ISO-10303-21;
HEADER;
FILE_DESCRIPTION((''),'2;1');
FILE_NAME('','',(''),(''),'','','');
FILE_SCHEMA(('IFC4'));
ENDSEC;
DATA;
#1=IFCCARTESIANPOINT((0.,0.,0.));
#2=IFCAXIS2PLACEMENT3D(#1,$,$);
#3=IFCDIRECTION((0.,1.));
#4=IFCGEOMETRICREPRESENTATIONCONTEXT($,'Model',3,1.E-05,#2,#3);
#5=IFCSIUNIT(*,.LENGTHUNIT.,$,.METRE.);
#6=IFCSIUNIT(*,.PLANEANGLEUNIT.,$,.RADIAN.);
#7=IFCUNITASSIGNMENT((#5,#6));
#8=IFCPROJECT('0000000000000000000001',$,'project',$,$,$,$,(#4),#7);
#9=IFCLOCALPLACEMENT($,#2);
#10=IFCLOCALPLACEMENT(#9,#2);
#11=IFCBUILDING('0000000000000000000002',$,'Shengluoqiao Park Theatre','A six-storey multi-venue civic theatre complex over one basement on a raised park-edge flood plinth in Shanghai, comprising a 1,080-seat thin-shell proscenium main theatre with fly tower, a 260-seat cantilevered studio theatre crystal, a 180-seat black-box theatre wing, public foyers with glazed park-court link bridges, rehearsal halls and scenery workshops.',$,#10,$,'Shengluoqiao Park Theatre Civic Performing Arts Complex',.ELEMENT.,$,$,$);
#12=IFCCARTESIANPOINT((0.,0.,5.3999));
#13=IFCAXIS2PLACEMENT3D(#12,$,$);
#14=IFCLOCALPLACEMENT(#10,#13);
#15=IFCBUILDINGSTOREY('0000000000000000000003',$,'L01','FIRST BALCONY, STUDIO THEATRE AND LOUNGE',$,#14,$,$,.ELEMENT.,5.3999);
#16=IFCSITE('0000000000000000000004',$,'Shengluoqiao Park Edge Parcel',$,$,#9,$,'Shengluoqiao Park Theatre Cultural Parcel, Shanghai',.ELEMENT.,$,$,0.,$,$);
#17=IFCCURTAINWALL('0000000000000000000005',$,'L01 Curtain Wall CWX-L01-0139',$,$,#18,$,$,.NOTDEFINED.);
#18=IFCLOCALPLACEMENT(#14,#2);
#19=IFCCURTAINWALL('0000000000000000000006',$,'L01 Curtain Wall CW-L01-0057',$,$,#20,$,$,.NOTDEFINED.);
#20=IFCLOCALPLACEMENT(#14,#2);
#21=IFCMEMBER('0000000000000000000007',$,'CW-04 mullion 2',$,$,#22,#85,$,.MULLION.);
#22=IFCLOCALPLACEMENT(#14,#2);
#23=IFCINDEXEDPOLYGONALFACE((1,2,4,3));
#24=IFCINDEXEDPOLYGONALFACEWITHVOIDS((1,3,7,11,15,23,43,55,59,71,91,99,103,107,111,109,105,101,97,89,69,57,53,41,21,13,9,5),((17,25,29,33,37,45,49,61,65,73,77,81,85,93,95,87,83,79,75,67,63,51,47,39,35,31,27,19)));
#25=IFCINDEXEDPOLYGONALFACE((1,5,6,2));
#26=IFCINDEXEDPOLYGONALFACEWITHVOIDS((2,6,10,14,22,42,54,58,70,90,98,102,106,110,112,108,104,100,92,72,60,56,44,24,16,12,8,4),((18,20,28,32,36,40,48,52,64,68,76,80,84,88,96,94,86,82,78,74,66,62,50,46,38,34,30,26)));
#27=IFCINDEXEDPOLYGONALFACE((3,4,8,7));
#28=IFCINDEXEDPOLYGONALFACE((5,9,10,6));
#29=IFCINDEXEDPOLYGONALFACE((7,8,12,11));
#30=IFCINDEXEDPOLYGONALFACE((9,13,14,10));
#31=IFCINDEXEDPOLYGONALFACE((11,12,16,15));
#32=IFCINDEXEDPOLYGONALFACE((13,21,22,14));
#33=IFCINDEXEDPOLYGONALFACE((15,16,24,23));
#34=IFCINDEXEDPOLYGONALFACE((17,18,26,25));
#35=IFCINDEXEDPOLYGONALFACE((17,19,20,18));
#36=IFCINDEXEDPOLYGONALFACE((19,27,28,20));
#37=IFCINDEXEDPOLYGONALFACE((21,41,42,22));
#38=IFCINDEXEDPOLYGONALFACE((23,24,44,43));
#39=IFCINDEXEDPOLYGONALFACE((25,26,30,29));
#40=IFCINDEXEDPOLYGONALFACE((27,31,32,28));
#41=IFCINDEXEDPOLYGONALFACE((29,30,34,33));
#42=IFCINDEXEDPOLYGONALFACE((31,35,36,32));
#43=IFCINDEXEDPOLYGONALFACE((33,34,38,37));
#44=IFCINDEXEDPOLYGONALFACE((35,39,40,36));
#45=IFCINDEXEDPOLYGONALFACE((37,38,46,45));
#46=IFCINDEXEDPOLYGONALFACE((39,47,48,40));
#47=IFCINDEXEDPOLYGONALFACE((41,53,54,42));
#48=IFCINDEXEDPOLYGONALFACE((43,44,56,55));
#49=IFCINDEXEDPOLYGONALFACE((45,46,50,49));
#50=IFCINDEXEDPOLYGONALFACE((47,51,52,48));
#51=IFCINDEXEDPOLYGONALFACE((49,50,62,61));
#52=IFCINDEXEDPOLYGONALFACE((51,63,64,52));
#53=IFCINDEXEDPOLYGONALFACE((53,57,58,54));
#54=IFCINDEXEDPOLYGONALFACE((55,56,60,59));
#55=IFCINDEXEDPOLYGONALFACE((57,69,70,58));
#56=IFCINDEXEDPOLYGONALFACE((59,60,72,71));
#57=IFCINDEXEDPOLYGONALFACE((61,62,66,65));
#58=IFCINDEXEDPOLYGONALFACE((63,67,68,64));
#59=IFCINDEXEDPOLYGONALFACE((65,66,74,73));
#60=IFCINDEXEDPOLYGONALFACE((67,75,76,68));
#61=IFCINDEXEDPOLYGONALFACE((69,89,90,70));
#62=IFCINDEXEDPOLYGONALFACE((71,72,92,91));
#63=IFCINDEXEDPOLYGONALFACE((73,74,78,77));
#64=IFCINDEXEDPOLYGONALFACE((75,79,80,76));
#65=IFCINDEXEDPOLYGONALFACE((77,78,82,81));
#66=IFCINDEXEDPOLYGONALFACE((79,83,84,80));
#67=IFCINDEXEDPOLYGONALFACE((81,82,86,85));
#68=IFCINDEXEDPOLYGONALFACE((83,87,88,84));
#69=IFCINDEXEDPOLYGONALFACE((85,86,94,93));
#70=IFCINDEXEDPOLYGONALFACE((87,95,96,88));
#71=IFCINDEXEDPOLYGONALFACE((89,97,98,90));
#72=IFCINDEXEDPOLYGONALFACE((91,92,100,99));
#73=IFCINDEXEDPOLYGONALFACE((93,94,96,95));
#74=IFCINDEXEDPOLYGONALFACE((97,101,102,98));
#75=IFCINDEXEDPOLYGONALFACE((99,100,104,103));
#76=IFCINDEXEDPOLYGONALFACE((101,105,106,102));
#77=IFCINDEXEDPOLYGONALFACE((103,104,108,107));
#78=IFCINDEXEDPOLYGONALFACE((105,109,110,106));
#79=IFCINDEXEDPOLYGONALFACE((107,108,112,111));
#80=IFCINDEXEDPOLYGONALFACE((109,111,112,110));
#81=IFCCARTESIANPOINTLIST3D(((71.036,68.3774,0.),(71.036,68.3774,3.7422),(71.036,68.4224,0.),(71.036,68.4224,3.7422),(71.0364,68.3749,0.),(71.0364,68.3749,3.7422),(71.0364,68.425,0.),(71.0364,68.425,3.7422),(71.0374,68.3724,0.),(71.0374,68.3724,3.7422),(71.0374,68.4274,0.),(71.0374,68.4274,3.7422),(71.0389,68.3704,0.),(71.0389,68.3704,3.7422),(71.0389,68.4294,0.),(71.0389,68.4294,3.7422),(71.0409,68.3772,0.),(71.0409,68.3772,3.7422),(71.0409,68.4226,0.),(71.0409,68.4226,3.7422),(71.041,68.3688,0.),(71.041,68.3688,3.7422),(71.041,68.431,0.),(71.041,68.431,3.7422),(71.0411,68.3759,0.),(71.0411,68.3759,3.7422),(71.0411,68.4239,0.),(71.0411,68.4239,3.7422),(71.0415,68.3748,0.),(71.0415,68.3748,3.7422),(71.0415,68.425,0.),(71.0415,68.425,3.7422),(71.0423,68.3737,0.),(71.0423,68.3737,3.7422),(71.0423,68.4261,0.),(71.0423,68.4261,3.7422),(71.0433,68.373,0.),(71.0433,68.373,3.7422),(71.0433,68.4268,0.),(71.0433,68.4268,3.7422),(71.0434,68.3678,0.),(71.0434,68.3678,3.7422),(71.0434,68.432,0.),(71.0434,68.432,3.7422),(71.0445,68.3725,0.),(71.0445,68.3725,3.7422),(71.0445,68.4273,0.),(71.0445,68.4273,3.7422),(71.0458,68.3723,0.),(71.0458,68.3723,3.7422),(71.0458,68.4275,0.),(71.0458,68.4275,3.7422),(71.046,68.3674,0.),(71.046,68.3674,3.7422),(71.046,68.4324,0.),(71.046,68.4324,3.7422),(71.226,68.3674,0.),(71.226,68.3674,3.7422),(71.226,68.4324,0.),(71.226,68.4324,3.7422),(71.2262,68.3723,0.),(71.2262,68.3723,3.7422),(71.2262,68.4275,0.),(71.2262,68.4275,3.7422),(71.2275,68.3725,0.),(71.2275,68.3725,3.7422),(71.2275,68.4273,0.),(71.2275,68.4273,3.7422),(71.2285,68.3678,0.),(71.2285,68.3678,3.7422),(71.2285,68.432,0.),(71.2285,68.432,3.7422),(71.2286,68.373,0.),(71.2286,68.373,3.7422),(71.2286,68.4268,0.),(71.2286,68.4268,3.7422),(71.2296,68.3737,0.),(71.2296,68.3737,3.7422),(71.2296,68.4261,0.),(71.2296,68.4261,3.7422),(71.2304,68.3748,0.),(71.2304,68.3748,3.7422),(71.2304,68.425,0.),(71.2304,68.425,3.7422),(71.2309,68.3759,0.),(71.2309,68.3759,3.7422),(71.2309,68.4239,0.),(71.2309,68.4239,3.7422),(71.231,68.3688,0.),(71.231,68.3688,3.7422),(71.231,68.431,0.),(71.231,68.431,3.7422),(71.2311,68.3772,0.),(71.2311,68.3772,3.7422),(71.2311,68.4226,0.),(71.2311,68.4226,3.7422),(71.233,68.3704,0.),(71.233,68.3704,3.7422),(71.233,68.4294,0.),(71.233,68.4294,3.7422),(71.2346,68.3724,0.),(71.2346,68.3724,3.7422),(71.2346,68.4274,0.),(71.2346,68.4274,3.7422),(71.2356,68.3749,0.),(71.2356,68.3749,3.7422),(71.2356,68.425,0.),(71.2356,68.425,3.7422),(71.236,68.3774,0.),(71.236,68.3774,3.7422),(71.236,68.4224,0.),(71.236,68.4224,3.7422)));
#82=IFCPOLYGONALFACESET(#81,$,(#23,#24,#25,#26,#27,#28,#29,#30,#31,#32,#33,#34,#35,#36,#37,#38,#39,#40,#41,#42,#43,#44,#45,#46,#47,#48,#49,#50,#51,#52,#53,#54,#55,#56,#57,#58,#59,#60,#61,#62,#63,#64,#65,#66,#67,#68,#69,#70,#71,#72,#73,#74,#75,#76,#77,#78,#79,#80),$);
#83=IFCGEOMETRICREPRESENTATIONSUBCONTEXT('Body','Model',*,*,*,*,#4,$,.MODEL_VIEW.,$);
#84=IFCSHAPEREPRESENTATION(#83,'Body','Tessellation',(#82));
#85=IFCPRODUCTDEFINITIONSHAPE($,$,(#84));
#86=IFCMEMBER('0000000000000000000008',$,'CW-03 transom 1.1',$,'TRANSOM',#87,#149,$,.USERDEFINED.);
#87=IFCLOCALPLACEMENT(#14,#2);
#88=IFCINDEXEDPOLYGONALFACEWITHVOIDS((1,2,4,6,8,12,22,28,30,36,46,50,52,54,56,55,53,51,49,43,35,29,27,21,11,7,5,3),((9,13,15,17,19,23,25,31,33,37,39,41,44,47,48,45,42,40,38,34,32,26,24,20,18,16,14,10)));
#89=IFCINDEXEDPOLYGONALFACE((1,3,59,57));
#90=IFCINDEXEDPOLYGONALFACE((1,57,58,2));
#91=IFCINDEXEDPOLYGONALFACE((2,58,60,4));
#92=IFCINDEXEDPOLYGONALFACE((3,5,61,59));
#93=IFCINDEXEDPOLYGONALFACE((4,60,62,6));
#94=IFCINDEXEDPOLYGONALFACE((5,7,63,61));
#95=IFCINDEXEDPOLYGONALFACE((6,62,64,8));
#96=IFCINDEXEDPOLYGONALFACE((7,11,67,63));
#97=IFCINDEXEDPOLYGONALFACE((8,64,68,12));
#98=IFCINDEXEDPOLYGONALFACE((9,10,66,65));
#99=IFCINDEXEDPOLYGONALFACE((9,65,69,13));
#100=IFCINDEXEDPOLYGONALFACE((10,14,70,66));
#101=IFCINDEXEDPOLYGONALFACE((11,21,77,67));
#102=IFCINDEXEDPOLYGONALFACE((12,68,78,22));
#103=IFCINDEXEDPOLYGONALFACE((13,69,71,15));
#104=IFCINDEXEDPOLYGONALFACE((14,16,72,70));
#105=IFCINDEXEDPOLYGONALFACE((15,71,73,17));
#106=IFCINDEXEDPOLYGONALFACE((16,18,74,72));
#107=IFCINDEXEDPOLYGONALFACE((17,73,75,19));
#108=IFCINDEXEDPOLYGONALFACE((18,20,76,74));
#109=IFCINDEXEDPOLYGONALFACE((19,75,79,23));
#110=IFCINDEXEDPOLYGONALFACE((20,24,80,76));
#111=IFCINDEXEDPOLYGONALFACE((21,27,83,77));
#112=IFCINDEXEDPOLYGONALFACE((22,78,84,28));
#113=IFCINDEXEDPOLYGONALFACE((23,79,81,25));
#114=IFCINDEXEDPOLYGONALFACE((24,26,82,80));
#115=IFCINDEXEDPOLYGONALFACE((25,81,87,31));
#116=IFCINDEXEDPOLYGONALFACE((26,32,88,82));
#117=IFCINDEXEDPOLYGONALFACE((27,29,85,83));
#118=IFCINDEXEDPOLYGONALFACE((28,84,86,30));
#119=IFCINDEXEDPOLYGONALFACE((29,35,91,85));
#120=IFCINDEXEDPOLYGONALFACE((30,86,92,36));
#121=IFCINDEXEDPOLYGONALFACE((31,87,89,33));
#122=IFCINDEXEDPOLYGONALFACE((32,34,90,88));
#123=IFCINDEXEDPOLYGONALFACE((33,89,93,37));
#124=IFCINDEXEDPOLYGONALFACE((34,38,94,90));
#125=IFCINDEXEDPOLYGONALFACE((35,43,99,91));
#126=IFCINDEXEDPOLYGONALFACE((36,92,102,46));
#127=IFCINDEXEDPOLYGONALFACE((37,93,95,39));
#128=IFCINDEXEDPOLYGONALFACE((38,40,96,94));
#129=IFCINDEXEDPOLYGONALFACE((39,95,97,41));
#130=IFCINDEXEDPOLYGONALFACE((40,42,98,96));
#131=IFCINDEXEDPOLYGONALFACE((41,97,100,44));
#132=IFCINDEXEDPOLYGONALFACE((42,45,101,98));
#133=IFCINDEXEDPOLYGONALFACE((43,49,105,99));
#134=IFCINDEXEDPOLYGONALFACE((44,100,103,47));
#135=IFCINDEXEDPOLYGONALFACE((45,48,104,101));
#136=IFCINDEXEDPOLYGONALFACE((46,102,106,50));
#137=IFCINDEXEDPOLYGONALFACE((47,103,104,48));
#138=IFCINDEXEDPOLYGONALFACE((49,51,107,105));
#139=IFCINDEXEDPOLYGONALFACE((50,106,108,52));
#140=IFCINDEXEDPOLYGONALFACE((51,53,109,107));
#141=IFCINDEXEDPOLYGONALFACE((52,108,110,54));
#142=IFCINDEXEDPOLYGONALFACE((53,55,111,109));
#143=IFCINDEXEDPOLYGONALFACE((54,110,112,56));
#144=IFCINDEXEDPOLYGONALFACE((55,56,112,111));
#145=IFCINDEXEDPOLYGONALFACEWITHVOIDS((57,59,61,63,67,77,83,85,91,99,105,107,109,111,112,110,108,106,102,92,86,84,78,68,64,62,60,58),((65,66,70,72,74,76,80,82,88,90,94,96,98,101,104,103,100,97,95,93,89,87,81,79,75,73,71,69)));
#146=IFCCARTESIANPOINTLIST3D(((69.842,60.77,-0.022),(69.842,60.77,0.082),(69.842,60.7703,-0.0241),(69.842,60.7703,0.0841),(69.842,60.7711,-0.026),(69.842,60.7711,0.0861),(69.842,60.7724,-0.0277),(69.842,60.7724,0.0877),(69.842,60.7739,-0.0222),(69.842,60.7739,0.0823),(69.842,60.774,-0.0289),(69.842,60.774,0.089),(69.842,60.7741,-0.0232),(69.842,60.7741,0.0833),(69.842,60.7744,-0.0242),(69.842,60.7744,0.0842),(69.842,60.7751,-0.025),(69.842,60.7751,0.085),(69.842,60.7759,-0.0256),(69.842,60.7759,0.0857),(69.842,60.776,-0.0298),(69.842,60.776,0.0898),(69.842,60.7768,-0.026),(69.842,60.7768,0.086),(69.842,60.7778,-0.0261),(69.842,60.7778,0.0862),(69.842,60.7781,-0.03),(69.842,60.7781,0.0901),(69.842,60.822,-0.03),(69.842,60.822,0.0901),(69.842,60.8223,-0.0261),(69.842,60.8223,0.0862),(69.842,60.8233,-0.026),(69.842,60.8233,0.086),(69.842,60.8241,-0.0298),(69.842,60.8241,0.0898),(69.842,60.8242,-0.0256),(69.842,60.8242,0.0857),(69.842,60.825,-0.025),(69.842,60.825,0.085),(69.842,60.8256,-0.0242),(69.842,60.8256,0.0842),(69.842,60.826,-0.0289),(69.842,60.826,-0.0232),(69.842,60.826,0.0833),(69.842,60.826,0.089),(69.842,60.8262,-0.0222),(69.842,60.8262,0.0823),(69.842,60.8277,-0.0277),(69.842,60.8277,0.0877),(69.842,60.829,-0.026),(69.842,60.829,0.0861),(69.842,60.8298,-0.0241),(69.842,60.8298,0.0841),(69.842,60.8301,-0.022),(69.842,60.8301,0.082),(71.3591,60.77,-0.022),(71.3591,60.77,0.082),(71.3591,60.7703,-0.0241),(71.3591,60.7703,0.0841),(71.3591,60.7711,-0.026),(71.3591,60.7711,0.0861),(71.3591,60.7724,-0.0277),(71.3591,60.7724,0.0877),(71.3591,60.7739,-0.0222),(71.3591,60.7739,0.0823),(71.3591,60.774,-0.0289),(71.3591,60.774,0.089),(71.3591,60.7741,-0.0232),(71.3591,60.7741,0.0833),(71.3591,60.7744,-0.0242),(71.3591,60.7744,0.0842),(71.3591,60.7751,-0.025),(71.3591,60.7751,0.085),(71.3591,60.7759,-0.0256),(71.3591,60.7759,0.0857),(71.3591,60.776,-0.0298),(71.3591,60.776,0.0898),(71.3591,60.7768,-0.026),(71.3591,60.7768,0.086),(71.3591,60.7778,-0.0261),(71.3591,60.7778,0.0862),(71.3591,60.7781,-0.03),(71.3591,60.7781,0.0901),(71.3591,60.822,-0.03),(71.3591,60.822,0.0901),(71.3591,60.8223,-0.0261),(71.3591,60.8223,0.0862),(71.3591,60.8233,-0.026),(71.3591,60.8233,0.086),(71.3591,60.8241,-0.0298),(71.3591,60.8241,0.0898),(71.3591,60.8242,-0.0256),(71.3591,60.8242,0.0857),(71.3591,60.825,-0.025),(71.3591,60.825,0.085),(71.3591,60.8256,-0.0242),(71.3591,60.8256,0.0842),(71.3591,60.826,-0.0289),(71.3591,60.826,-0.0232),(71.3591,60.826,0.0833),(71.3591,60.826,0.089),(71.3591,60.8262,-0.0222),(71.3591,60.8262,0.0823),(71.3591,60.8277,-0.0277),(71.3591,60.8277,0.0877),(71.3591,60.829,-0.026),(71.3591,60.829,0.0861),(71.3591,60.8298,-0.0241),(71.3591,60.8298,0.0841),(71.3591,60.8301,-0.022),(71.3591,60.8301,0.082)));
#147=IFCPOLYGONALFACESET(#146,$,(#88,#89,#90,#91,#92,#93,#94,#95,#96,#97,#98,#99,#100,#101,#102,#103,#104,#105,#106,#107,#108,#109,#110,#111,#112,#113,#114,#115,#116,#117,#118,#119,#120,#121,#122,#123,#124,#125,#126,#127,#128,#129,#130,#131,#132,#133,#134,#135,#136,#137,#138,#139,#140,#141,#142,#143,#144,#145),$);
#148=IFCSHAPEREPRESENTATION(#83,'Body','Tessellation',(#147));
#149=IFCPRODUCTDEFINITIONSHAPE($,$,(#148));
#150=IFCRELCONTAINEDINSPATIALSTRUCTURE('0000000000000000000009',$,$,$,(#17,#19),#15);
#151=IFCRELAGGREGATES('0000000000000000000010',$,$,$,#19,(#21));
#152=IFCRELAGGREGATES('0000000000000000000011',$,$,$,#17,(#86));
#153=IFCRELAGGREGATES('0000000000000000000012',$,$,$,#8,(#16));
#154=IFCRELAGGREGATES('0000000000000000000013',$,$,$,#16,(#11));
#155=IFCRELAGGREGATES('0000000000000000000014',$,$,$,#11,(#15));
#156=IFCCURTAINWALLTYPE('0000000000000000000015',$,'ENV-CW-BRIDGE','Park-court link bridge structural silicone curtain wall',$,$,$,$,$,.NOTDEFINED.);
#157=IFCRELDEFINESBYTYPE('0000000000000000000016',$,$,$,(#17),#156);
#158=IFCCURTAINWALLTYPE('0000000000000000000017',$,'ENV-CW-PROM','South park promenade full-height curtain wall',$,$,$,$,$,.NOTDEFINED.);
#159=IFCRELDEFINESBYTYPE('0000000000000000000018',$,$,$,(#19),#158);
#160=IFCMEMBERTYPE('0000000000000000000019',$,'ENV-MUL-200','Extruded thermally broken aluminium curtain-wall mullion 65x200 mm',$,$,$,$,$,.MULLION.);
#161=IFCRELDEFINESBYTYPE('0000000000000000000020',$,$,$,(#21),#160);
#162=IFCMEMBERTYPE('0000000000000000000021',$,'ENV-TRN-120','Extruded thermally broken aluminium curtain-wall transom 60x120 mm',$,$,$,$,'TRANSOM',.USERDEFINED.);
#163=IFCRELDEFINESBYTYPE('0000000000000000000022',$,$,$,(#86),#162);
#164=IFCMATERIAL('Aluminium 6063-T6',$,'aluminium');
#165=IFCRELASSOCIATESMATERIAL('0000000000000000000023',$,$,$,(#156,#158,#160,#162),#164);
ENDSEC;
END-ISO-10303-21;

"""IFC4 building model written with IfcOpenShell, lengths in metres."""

from ifc_helpers import new_model, si_unit, direction, frame, origin, origin_2d, place, context, subcontext, project, spatial, hollow_rectangle, extrude, material, material_profile, profile_set, type_object, element, aggregate, save


model = new_model("IFC4")

# Units and contexts
model_context = context("Model", 3, precision=1e-05, world=origin(), true_north=direction((0.0, 1.0)))
body_context = subcontext(model_context, "Body", "Model", "MODEL_VIEW")
ifc_project = project(units=[si_unit("LENGTHUNIT", "METRE"), si_unit("PLANEANGLEUNIT", "RADIAN")], contexts=[model_context])

# Site, building, storey
site_placement = place(None, origin())
site = spatial("IfcSite", under=ifc_project, at=site_placement, Name="Shengluoqiao Park Edge Parcel", LongName="Shengluoqiao Park Theatre Cultural Parcel, Shanghai", CompositionType="ELEMENT", RefElevation=0.0)
building_placement = place(site_placement, origin())
building = spatial("IfcBuilding", under=site, at=building_placement, Name="Shengluoqiao Park Theatre", Description="A six-storey multi-venue civic theatre complex over one basement on a raised park-edge flood plinth in Shanghai, comprising a 1,080-seat thin-shell proscenium main theatre with fly tower, a 260-seat cantilevered studio theatre crystal, a 180-seat black-box theatre wing, public foyers with glazed park-court link bridges, rehearsal halls and scenery workshops.", LongName="Shengluoqiao Park Theatre Civic Performing Arts Complex", CompositionType="ELEMENT")
storey_placement = place(building_placement, frame((0.0, 0.0, 5.3999)))
storey = spatial("IfcBuildingStorey", under=building, at=storey_placement, Name="L01", Description="FIRST BALCONY, STUDIO THEATRE AND LOUNGE", CompositionType="ELEMENT", Elevation=5.3999)

# Shared definitions
ifc_material_1 = material(Name="Aluminium 6063-T6", Category="aluminium")
curtain_wall_type_1 = type_object("IfcCurtainWallType", Name="ENV-CW-BRIDGE", Description="Park-court link bridge structural silicone curtain wall", PredefinedType="NOTDEFINED", material=ifc_material_1)

# Curtain wall
curtain_wall_1_placement = place(storey_placement, origin())
curtain_wall_1 = element("IfcCurtainWall", 1, at=curtain_wall_1_placement, inside=storey, type_object=curtain_wall_type_1, Name="L01 Curtain Wall CWX-L01-0139", PredefinedType="NOTDEFINED")

# Shared definitions
curtain_wall_type_2 = type_object("IfcCurtainWallType", Name="ENV-CW-PROM", Description="South park promenade full-height curtain wall", PredefinedType="NOTDEFINED", material=ifc_material_1)
ifc_material_profile_1 = material_profile(ifc_material_1, hollow_rectangle(XDim=0.0649, YDim=0.2, WallThickness=0.0049, InnerFilletRadius=0.0049, OuterFilletRadius=0.01, at=origin_2d()), Name="ALU MULLION 200x65x5")
ifc_profile_set_1 = profile_set([ifc_material_profile_1], Name="Aluminium 6063-T6")
member_type_1 = type_object("IfcMemberType", Name="ENV-MUL-200", Description="Extruded thermally broken aluminium curtain-wall mullion 65x200 mm", PredefinedType="MULLION", material=ifc_profile_set_1)

# Curtain wall, member
curtain_wall_2_placement = place(storey_placement, origin())
curtain_wall_2 = element("IfcCurtainWall", 2, at=curtain_wall_2_placement, inside=storey, type_object=curtain_wall_type_2, Name="L01 Curtain Wall CW-L01-0057", PredefinedType="NOTDEFINED")
member_1_placement = place(storey_placement, frame((71.136, 68.3999, 0.0), z_axis=(0.0, 0.0, 1.0), x_axis=(0.0, 1.0, 0.0)))
member_1 = element("IfcMember", 3, at=member_1_placement, type_object=member_type_1, Name="CW-04 mullion 2", PredefinedType="MULLION", context=body_context, shape_type="SweptSolid", body=[
    extrude(hollow_rectangle(XDim=0.0649, YDim=0.2, WallThickness=0.0049, InnerFilletRadius=0.0049, OuterFilletRadius=0.01, at=origin_2d()), origin(), (0.0, 0.0, 1.0), 3.7422),
])

# Member
ifc_material_profile_2 = material_profile(ifc_material_1, hollow_rectangle(XDim=0.0601, YDim=0.1201, WallThickness=0.0039, InnerFilletRadius=0.0039, OuterFilletRadius=0.0081, at=origin_2d()), Name="ALU TRANSOM 120x60x4")
ifc_profile_set_2 = profile_set([ifc_material_profile_2], Name="Aluminium 6063-T6")
member_type_2 = type_object("IfcMemberType", Name="ENV-TRN-120", Description="Extruded thermally broken aluminium curtain-wall transom 60x120 mm", ElementType="TRANSOM", PredefinedType="USERDEFINED", material=ifc_profile_set_2)
member_2_placement = place(storey_placement, frame((69.842, 60.8, 0.03), z_axis=(1.0, 0.0, 0.0), x_axis=(0.0, 1.0, 0.0)))
member_2 = element("IfcMember", 4, at=member_2_placement, type_object=member_type_2, Name="CW-03 transom 1.1", ObjectType="TRANSOM", PredefinedType="USERDEFINED", context=body_context, shape_type="SweptSolid", body=[
    extrude(hollow_rectangle(XDim=0.0601, YDim=0.1201, WallThickness=0.0039, InnerFilletRadius=0.0039, OuterFilletRadius=0.0081, at=origin_2d()), origin(), (0.0, 0.0, 1.0), 1.5171),
])

aggregate(curtain_wall_2, [member_1])
aggregate(curtain_wall_1, [member_2])

save(model, "model.ifc")
